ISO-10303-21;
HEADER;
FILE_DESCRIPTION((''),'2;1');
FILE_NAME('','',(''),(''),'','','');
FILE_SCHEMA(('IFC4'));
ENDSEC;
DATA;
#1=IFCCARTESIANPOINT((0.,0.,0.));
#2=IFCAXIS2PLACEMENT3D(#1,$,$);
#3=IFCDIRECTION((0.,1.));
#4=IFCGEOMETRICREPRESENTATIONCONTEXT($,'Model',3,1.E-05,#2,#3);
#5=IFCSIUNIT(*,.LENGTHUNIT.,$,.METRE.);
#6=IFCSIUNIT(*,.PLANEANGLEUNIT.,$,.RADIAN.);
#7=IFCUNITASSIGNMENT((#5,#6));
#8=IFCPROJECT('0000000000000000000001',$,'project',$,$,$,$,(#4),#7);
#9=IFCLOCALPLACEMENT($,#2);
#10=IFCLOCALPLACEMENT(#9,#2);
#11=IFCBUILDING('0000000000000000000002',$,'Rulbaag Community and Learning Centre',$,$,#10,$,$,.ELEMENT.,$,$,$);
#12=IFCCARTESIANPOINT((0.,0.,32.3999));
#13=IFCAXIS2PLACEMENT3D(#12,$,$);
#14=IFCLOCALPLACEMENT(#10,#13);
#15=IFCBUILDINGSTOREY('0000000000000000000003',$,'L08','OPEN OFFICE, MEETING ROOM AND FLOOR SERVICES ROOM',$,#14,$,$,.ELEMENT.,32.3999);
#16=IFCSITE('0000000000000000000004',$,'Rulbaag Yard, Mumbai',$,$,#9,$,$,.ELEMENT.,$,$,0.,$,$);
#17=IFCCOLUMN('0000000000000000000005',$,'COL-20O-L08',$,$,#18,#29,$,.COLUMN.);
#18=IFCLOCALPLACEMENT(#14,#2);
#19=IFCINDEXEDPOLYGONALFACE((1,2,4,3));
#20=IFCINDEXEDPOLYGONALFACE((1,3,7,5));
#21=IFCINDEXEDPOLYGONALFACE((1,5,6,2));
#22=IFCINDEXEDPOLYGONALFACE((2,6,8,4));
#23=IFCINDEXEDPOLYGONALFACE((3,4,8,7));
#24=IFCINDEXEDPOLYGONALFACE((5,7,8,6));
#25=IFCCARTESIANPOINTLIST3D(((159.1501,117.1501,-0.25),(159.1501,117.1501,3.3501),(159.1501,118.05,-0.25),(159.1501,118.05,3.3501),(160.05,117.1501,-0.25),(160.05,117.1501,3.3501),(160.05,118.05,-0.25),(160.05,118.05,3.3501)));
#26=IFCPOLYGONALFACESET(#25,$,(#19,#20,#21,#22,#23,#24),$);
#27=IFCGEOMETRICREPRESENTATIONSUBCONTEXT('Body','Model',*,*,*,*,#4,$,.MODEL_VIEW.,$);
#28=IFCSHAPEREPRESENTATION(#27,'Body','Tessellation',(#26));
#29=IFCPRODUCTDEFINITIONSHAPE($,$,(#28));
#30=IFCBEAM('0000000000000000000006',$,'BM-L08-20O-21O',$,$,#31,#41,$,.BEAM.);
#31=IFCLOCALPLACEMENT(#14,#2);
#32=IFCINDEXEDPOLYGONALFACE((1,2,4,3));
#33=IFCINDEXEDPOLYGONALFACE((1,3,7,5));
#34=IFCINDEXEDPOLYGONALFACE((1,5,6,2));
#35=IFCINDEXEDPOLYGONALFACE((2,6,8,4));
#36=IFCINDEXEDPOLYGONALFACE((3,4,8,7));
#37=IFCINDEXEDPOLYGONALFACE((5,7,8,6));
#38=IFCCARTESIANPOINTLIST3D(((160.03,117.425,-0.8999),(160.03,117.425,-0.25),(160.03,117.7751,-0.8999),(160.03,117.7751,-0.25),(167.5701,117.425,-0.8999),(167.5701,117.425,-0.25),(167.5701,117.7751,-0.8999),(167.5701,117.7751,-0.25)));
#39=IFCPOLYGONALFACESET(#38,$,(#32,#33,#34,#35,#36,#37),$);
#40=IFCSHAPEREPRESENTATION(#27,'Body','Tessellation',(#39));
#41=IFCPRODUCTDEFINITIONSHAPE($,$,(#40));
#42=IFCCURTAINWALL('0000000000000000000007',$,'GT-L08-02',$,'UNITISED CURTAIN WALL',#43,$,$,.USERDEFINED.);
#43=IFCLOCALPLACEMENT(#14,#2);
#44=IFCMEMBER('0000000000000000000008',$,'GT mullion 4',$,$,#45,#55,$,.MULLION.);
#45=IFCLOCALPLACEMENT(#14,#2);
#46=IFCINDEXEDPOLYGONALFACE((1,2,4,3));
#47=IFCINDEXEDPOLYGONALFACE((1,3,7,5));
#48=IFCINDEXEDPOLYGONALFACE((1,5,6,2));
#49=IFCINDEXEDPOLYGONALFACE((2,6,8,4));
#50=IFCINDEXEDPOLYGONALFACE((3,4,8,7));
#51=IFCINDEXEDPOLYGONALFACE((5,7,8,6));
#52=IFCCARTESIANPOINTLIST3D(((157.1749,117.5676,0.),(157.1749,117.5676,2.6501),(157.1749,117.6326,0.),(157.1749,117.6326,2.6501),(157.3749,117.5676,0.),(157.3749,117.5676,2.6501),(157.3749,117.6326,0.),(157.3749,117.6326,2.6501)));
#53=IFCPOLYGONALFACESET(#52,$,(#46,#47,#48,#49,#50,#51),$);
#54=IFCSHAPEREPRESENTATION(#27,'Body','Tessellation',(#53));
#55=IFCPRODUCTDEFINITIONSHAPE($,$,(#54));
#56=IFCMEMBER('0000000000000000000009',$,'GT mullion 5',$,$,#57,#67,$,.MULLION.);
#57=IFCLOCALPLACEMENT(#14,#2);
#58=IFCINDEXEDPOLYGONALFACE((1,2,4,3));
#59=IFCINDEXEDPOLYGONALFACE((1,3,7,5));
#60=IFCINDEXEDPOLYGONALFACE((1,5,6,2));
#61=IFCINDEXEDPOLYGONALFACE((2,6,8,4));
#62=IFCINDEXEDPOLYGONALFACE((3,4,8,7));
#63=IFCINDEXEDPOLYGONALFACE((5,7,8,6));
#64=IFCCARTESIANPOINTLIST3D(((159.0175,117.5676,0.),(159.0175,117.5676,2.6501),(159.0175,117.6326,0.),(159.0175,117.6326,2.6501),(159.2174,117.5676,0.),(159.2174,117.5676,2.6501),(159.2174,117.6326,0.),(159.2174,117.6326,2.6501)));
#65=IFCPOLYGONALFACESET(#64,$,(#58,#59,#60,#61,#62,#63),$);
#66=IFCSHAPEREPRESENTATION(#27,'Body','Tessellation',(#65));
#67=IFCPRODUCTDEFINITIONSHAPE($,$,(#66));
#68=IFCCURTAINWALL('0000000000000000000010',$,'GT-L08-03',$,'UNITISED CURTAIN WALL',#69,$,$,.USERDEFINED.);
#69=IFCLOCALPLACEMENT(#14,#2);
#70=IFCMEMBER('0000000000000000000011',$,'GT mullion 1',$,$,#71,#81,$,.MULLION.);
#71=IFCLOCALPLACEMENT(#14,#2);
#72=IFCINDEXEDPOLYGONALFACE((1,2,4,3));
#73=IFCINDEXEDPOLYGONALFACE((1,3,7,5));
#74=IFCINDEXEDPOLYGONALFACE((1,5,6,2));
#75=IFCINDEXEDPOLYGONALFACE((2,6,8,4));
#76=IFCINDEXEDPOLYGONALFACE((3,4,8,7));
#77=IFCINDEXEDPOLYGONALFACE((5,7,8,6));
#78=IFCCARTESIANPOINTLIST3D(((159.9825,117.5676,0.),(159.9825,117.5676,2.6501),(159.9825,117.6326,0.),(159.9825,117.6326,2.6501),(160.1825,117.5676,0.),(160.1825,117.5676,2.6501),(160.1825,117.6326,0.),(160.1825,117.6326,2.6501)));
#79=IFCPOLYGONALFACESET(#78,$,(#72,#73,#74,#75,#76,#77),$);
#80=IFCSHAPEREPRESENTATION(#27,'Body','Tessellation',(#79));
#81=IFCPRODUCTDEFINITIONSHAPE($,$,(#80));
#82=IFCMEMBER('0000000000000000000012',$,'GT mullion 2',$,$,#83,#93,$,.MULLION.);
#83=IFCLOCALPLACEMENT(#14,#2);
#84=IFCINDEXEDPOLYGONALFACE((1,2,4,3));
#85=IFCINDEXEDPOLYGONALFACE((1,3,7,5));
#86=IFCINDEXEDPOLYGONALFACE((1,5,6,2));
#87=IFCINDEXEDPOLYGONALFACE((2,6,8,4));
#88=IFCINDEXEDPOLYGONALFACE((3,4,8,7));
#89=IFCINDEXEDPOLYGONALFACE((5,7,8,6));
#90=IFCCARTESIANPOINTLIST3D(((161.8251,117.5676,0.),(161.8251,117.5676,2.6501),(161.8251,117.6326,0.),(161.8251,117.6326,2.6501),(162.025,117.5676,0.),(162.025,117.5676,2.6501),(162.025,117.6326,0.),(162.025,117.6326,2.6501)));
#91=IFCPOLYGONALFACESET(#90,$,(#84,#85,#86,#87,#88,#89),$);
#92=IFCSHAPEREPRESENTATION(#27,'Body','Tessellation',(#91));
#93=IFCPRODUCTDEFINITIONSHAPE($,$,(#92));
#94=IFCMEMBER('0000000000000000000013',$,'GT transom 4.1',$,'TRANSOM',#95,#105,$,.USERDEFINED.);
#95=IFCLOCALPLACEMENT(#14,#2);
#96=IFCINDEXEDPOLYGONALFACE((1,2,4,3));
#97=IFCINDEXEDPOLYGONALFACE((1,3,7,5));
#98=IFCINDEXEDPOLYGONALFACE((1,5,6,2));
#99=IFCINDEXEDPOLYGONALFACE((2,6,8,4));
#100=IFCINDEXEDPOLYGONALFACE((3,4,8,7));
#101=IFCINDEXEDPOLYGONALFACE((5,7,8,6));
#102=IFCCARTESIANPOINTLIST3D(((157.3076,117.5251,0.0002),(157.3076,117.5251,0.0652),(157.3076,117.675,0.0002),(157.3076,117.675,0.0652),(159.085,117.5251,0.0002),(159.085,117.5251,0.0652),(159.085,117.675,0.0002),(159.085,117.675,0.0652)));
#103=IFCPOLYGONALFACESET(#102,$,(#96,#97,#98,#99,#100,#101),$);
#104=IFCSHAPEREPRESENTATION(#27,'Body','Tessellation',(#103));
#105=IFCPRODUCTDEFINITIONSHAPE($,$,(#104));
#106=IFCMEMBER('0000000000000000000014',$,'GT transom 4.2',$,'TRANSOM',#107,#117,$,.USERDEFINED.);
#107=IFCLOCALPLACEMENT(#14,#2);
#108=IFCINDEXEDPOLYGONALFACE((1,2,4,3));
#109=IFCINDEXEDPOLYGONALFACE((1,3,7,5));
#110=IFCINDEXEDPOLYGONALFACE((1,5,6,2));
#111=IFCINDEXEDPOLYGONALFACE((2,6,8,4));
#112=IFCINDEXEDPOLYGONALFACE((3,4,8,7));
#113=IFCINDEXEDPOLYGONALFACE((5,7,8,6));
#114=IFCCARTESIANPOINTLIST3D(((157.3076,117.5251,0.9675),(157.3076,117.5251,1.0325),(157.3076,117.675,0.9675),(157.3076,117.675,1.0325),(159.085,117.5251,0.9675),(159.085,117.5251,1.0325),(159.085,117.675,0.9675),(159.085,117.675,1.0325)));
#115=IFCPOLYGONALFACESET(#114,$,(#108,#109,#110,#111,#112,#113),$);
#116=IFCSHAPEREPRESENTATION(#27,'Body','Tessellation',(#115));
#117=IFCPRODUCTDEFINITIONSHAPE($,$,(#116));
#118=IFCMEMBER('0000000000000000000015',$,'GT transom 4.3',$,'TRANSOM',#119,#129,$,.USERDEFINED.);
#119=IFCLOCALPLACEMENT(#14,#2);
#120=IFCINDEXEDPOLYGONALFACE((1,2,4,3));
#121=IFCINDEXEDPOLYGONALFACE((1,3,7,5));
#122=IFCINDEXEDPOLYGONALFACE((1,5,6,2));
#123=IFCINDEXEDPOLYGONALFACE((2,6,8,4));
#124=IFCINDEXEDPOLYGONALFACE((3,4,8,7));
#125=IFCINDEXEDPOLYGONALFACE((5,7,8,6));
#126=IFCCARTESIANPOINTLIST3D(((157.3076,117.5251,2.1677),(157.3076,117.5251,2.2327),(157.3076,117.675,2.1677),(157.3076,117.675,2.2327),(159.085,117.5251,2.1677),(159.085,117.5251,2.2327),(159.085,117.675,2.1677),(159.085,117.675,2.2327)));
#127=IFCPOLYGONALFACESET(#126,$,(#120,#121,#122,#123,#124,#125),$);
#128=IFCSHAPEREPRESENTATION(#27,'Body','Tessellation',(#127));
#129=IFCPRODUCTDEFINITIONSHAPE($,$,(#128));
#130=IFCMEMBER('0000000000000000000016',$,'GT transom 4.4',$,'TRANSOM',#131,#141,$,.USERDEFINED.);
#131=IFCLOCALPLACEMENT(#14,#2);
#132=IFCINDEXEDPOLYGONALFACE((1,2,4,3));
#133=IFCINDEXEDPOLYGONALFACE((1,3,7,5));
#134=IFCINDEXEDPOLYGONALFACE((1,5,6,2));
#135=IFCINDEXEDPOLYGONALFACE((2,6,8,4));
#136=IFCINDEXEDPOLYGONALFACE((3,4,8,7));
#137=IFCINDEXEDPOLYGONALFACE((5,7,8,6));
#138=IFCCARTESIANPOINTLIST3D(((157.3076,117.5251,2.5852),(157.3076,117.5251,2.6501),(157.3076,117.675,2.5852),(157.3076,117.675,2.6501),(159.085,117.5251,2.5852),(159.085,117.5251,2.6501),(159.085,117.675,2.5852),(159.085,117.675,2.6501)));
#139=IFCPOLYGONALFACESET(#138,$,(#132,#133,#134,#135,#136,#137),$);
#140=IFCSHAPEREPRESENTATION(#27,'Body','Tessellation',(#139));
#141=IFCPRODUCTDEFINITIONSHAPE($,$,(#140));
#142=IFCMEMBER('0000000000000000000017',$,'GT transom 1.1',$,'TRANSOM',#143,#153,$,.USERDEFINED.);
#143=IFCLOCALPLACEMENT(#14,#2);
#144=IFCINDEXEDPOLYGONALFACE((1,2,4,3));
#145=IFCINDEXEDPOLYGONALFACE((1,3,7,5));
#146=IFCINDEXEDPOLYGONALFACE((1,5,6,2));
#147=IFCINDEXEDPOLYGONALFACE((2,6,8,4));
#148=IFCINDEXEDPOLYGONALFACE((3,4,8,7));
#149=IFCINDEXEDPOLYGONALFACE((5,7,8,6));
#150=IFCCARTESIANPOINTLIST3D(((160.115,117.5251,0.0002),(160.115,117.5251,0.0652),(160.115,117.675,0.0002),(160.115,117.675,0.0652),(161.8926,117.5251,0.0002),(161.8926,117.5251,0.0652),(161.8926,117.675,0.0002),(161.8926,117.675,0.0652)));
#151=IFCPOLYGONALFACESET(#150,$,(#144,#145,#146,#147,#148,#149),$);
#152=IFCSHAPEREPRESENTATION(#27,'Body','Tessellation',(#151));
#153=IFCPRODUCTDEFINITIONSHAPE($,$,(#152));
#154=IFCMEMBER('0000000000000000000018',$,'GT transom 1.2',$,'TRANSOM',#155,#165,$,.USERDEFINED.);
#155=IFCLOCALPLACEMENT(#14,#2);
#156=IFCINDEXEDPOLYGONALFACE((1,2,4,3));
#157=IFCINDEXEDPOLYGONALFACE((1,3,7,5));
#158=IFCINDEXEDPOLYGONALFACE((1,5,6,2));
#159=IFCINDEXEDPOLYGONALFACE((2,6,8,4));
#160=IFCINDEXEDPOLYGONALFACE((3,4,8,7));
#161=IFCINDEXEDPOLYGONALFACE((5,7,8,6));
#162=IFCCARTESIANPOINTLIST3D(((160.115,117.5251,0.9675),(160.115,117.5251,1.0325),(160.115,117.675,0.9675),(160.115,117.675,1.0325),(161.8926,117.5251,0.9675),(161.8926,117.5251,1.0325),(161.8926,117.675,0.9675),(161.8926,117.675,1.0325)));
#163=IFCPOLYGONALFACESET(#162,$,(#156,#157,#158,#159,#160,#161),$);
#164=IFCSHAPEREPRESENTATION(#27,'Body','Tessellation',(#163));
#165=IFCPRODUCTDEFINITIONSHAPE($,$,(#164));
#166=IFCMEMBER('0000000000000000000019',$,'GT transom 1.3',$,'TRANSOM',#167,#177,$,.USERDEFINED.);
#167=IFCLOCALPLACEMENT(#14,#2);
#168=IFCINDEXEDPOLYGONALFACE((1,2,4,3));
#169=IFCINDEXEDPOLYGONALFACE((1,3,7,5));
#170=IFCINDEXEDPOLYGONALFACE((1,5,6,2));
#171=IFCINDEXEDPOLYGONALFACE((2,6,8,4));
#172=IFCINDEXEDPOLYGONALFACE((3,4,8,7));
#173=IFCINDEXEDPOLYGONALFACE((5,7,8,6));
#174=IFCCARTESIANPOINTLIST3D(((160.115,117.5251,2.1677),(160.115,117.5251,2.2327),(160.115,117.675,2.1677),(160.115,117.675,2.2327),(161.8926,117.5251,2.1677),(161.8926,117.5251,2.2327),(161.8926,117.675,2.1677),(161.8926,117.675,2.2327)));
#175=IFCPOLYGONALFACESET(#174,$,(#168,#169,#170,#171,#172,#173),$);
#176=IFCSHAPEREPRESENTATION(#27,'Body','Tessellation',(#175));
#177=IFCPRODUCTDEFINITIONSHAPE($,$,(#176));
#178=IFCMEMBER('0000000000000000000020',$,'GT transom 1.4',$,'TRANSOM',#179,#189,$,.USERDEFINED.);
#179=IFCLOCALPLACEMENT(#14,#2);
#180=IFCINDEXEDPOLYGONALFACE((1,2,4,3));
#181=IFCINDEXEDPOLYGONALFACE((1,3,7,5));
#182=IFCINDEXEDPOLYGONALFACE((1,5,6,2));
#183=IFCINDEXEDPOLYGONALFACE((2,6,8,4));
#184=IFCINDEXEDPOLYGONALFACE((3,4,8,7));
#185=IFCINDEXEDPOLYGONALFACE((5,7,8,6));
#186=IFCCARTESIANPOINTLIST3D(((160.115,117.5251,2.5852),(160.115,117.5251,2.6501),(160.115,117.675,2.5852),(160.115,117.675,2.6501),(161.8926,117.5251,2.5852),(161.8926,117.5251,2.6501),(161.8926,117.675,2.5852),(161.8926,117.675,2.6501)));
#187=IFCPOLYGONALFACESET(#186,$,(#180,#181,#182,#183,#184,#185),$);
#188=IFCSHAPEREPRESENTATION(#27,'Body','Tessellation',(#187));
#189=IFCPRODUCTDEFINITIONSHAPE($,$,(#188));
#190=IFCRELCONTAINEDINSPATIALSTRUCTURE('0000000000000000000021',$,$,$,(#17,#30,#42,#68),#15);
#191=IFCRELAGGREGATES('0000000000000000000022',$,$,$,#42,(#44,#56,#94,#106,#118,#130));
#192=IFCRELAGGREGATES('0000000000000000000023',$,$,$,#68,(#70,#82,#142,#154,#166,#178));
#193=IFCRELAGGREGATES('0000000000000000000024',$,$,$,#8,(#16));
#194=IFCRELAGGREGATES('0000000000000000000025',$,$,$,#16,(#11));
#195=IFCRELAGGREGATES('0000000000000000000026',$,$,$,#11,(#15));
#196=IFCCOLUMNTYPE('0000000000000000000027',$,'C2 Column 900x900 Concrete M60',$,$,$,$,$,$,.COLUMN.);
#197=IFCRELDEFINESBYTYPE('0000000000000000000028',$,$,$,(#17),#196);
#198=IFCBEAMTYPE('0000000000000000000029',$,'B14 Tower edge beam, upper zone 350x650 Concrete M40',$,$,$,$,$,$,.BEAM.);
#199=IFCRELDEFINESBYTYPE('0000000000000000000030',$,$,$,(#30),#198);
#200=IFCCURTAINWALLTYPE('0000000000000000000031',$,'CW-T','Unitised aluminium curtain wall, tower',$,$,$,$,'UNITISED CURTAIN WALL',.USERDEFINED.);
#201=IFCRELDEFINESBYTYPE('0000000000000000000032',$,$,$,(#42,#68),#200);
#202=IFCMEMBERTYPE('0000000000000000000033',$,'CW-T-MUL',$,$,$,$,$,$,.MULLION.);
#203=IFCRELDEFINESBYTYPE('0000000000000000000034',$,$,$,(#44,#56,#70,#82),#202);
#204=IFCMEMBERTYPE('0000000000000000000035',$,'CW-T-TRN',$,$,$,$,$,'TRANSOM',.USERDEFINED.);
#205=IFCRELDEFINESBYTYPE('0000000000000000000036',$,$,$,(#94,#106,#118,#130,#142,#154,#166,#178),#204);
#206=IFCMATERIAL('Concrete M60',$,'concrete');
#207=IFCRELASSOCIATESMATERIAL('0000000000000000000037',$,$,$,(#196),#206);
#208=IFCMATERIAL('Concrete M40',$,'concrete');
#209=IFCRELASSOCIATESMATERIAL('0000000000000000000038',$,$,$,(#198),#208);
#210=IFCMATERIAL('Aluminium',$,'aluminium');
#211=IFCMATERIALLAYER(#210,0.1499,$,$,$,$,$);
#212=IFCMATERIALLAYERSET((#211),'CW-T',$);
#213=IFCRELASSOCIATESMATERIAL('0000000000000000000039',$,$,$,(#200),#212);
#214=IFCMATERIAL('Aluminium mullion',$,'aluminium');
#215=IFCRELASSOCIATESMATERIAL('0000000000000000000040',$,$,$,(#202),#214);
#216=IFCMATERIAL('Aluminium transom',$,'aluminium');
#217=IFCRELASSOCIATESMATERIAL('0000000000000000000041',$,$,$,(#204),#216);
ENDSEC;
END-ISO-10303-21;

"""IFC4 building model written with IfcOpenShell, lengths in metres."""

from ifc_helpers import new_model, si_unit, direction, frame, origin, origin_2d, place, context, subcontext, project, spatial, rectangle, extrude, material, layer, layer_set, material_profile, profile_set, type_object, element, aggregate, save


model = new_model("IFC4")

# Units and contexts
model_context = context("Model", 3, precision=1e-05, world=origin(), true_north=direction((0.0, 1.0)))
body_context = subcontext(model_context, "Body", "Model", "MODEL_VIEW")
ifc_project = project(units=[si_unit("LENGTHUNIT", "METRE"), si_unit("PLANEANGLEUNIT", "RADIAN")], contexts=[model_context])

# Site, building, storey
site_placement = place(None, origin())
site = spatial("IfcSite", under=ifc_project, at=site_placement, Name="Rulbaag Yard, Mumbai", CompositionType="ELEMENT", RefElevation=0.0)
building_placement = place(site_placement, origin())
building = spatial("IfcBuilding", under=site, at=building_placement, Name="Rulbaag Community and Learning Centre", CompositionType="ELEMENT")
storey_placement = place(building_placement, frame((0.0, 0.0, 32.3999)))
storey = spatial("IfcBuildingStorey", under=building, at=storey_placement, Name="L08", Description="OPEN OFFICE, MEETING ROOM AND FLOOR SERVICES ROOM", CompositionType="ELEMENT", Elevation=32.3999)

# Column
ifc_material_1 = material(Name="Concrete M60", Category="concrete")
ifc_material_profile_1 = material_profile(ifc_material_1, rectangle(XDim=0.8999, YDim=0.8999, at=origin_2d()), Name="RC900x900")
ifc_profile_set_1 = profile_set([ifc_material_profile_1], Name="Concrete M60")
column_type = type_object("IfcColumnType", Name="C2 Column 900x900 Concrete M60", PredefinedType="COLUMN", material=ifc_profile_set_1)
column_placement = place(storey_placement, frame((159.6001, 117.6001, -0.25), z_axis=(0.0, 0.0, 1.0), x_axis=(1.0, 0.0, 0.0)))
element("IfcColumn", 1, at=column_placement, inside=storey, type_object=column_type, Name="COL-20O-L08", PredefinedType="COLUMN", context=body_context, shape_type="SweptSolid", body=[
    extrude(rectangle(XDim=0.8999, YDim=0.8999, at=origin_2d()), origin(), (0.0, 0.0, 1.0), 3.6001),
])

# Beam
ifc_material_2 = material(Name="Concrete M40", Category="concrete")
ifc_material_profile_2 = material_profile(ifc_material_2, rectangle(XDim=0.3501, YDim=0.6499, at=origin_2d()), Name="RB350x650")
ifc_profile_set_2 = profile_set([ifc_material_profile_2], Name="Concrete M40")
beam_type = type_object("IfcBeamType", Name="B14 Tower edge beam, upper zone 350x650 Concrete M40", PredefinedType="BEAM", material=ifc_profile_set_2)
beam_placement = place(storey_placement, frame((160.03, 117.6001, -0.575), z_axis=(1.0, 0.0, 0.0), x_axis=(0.0, 1.0, 0.0)))
element("IfcBeam", 2, at=beam_placement, inside=storey, type_object=beam_type, Name="BM-L08-20O-21O", PredefinedType="BEAM", context=body_context, shape_type="SweptSolid", body=[
    extrude(rectangle(XDim=0.3501, YDim=0.6499, at=origin_2d()), origin(), (0.0, 0.0, 1.0), 7.54),
])

# Curtain walls, members
ifc_material_3 = material(Name="Aluminium", Category="aluminium")
ifc_layer_1 = layer(ifc_material_3, 0.1499)
ifc_layer_set_1 = layer_set([ifc_layer_1], Name="CW-T")
curtain_wall_type = type_object("IfcCurtainWallType", Name="CW-T", Description="Unitised aluminium curtain wall, tower", ElementType="UNITISED CURTAIN WALL", PredefinedType="USERDEFINED", material=ifc_layer_set_1)
curtain_wall_1_placement = place(storey_placement, origin())
curtain_wall_1 = element("IfcCurtainWall", 3, at=curtain_wall_1_placement, inside=storey, type_object=curtain_wall_type, Name="GT-L08-02", ObjectType="UNITISED CURTAIN WALL", PredefinedType="USERDEFINED")
ifc_material_4 = material(Name="Aluminium mullion", Category="aluminium")
ifc_material_profile_3 = material_profile(ifc_material_4, rectangle(XDim=0.0649, YDim=0.2, at=origin_2d()), Name="AL 65x200")
ifc_profile_set_3 = profile_set([ifc_material_profile_3], Name="Aluminium mullion")
member_type_1 = type_object("IfcMemberType", Name="CW-T-MUL", PredefinedType="MULLION", material=ifc_profile_set_3)
member_1_placement = place(storey_placement, frame((157.2749, 117.6001, 0.0), z_axis=(0.0, 0.0, 1.0), x_axis=(0.0, 1.0, 0.0)))
member_1 = element("IfcMember", 4, at=member_1_placement, type_object=member_type_1, Name="GT mullion 4", PredefinedType="MULLION", context=body_context, shape_type="SweptSolid", body=[
    extrude(rectangle(XDim=0.0649, YDim=0.2, at=origin_2d()), origin(), (0.0, 0.0, 1.0), 2.6501),
])
member_2_placement = place(storey_placement, frame((159.1174, 117.6001, 0.0), z_axis=(0.0, 0.0, 1.0), x_axis=(0.0, 1.0, 0.0)))
member_2 = element("IfcMember", 5, at=member_2_placement, type_object=member_type_1, Name="GT mullion 5", PredefinedType="MULLION", context=body_context, shape_type="SweptSolid", body=[
    extrude(rectangle(XDim=0.0649, YDim=0.2, at=origin_2d()), origin(), (0.0, 0.0, 1.0), 2.6501),
])
curtain_wall_2_placement = place(storey_placement, origin())
curtain_wall_2 = element("IfcCurtainWall", 6, at=curtain_wall_2_placement, inside=storey, type_object=curtain_wall_type, Name="GT-L08-03", ObjectType="UNITISED CURTAIN WALL", PredefinedType="USERDEFINED")
member_3_placement = place(storey_placement, frame((160.0825, 117.6001, 0.0), z_axis=(0.0, 0.0, 1.0), x_axis=(0.0, 1.0, 0.0)))
member_3 = element("IfcMember", 7, at=member_3_placement, type_object=member_type_1, Name="GT mullion 1", PredefinedType="MULLION", context=body_context, shape_type="SweptSolid", body=[
    extrude(rectangle(XDim=0.0649, YDim=0.2, at=origin_2d()), origin(), (0.0, 0.0, 1.0), 2.6501),
])
member_4_placement = place(storey_placement, frame((161.925, 117.6001, 0.0), z_axis=(0.0, 0.0, 1.0), x_axis=(0.0, 1.0, 0.0)))
member_4 = element("IfcMember", 8, at=member_4_placement, type_object=member_type_1, Name="GT mullion 2", PredefinedType="MULLION", context=body_context, shape_type="SweptSolid", body=[
    extrude(rectangle(XDim=0.0649, YDim=0.2, at=origin_2d()), origin(), (0.0, 0.0, 1.0), 2.6501),
])

# Members
ifc_material_5 = material(Name="Aluminium transom", Category="aluminium")
ifc_material_profile_4 = material_profile(ifc_material_5, rectangle(XDim=0.1499, YDim=0.0649, at=origin_2d()), Name="AL 65x150 T")
ifc_profile_set_4 = profile_set([ifc_material_profile_4], Name="Aluminium transom")
member_type_2 = type_object("IfcMemberType", Name="CW-T-TRN", ElementType="TRANSOM", PredefinedType="USERDEFINED", material=ifc_profile_set_4)
member_5_placement = place(storey_placement, frame((157.3076, 117.6001, 0.0327), z_axis=(1.0, 0.0, 0.0), x_axis=(0.0, 1.0, 0.0)))
member_5 = element("IfcMember", 9, at=member_5_placement, type_object=member_type_2, Name="GT transom 4.1", ObjectType="TRANSOM", PredefinedType="USERDEFINED", context=body_context, shape_type="SweptSolid", body=[
    extrude(rectangle(XDim=0.1499, YDim=0.0649, at=origin_2d()), origin(), (0.0, 0.0, 1.0), 1.7773),
])
member_6_placement = place(storey_placement, frame((157.3076, 117.6001, 1.0), z_axis=(1.0, 0.0, 0.0), x_axis=(0.0, 1.0, 0.0)))
member_6 = element("IfcMember", 10, at=member_6_placement, type_object=member_type_2, Name="GT transom 4.2", ObjectType="TRANSOM", PredefinedType="USERDEFINED", context=body_context, shape_type="SweptSolid", body=[
    extrude(rectangle(XDim=0.1499, YDim=0.0649, at=origin_2d()), origin(), (0.0, 0.0, 1.0), 1.7773),
])
member_7_placement = place(storey_placement, frame((157.3076, 117.6001, 2.2002), z_axis=(1.0, 0.0, 0.0), x_axis=(0.0, 1.0, 0.0)))
member_7 = element("IfcMember", 11, at=member_7_placement, type_object=member_type_2, Name="GT transom 4.3", ObjectType="TRANSOM", PredefinedType="USERDEFINED", context=body_context, shape_type="SweptSolid", body=[
    extrude(rectangle(XDim=0.1499, YDim=0.0649, at=origin_2d()), origin(), (0.0, 0.0, 1.0), 1.7773),
])
member_8_placement = place(storey_placement, frame((157.3076, 117.6001, 2.6177), z_axis=(1.0, 0.0, 0.0), x_axis=(0.0, 1.0, 0.0)))
member_8 = element("IfcMember", 12, at=member_8_placement, type_object=member_type_2, Name="GT transom 4.4", ObjectType="TRANSOM", PredefinedType="USERDEFINED", context=body_context, shape_type="SweptSolid", body=[
    extrude(rectangle(XDim=0.1499, YDim=0.0649, at=origin_2d()), origin(), (0.0, 0.0, 1.0), 1.7773),
])
member_9_placement = place(storey_placement, frame((160.115, 117.6001, 0.0327), z_axis=(1.0, 0.0, 0.0), x_axis=(0.0, 1.0, 0.0)))
member_9 = element("IfcMember", 13, at=member_9_placement, type_object=member_type_2, Name="GT transom 1.1", ObjectType="TRANSOM", PredefinedType="USERDEFINED", context=body_context, shape_type="SweptSolid", body=[
    extrude(rectangle(XDim=0.1499, YDim=0.0649, at=origin_2d()), origin(), (0.0, 0.0, 1.0), 1.7776),
])
member_10_placement = place(storey_placement, frame((160.115, 117.6001, 1.0), z_axis=(1.0, 0.0, 0.0), x_axis=(0.0, 1.0, 0.0)))
member_10 = element("IfcMember", 14, at=member_10_placement, type_object=member_type_2, Name="GT transom 1.2", ObjectType="TRANSOM", PredefinedType="USERDEFINED", context=body_context, shape_type="SweptSolid", body=[
    extrude(rectangle(XDim=0.1499, YDim=0.0649, at=origin_2d()), origin(), (0.0, 0.0, 1.0), 1.7776),
])
member_11_placement = place(storey_placement, frame((160.115, 117.6001, 2.2002), z_axis=(1.0, 0.0, 0.0), x_axis=(0.0, 1.0, 0.0)))
member_11 = element("IfcMember", 15, at=member_11_placement, type_object=member_type_2, Name="GT transom 1.3", ObjectType="TRANSOM", PredefinedType="USERDEFINED", context=body_context, shape_type="SweptSolid", body=[
    extrude(rectangle(XDim=0.1499, YDim=0.0649, at=origin_2d()), origin(), (0.0, 0.0, 1.0), 1.7776),
])
member_12_placement = place(storey_placement, frame((160.115, 117.6001, 2.6177), z_axis=(1.0, 0.0, 0.0), x_axis=(0.0, 1.0, 0.0)))
member_12 = element("IfcMember", 16, at=member_12_placement, type_object=member_type_2, Name="GT transom 1.4", ObjectType="TRANSOM", PredefinedType="USERDEFINED", context=body_context, shape_type="SweptSolid", body=[
    extrude(rectangle(XDim=0.1499, YDim=0.0649, at=origin_2d()), origin(), (0.0, 0.0, 1.0), 1.7776),
])

aggregate(curtain_wall_1, [member_1, member_2, member_5, member_6, member_7, member_8])
aggregate(curtain_wall_2, [member_3, member_4, member_9, member_10, member_11, member_12])

save(model, "model.ifc")
